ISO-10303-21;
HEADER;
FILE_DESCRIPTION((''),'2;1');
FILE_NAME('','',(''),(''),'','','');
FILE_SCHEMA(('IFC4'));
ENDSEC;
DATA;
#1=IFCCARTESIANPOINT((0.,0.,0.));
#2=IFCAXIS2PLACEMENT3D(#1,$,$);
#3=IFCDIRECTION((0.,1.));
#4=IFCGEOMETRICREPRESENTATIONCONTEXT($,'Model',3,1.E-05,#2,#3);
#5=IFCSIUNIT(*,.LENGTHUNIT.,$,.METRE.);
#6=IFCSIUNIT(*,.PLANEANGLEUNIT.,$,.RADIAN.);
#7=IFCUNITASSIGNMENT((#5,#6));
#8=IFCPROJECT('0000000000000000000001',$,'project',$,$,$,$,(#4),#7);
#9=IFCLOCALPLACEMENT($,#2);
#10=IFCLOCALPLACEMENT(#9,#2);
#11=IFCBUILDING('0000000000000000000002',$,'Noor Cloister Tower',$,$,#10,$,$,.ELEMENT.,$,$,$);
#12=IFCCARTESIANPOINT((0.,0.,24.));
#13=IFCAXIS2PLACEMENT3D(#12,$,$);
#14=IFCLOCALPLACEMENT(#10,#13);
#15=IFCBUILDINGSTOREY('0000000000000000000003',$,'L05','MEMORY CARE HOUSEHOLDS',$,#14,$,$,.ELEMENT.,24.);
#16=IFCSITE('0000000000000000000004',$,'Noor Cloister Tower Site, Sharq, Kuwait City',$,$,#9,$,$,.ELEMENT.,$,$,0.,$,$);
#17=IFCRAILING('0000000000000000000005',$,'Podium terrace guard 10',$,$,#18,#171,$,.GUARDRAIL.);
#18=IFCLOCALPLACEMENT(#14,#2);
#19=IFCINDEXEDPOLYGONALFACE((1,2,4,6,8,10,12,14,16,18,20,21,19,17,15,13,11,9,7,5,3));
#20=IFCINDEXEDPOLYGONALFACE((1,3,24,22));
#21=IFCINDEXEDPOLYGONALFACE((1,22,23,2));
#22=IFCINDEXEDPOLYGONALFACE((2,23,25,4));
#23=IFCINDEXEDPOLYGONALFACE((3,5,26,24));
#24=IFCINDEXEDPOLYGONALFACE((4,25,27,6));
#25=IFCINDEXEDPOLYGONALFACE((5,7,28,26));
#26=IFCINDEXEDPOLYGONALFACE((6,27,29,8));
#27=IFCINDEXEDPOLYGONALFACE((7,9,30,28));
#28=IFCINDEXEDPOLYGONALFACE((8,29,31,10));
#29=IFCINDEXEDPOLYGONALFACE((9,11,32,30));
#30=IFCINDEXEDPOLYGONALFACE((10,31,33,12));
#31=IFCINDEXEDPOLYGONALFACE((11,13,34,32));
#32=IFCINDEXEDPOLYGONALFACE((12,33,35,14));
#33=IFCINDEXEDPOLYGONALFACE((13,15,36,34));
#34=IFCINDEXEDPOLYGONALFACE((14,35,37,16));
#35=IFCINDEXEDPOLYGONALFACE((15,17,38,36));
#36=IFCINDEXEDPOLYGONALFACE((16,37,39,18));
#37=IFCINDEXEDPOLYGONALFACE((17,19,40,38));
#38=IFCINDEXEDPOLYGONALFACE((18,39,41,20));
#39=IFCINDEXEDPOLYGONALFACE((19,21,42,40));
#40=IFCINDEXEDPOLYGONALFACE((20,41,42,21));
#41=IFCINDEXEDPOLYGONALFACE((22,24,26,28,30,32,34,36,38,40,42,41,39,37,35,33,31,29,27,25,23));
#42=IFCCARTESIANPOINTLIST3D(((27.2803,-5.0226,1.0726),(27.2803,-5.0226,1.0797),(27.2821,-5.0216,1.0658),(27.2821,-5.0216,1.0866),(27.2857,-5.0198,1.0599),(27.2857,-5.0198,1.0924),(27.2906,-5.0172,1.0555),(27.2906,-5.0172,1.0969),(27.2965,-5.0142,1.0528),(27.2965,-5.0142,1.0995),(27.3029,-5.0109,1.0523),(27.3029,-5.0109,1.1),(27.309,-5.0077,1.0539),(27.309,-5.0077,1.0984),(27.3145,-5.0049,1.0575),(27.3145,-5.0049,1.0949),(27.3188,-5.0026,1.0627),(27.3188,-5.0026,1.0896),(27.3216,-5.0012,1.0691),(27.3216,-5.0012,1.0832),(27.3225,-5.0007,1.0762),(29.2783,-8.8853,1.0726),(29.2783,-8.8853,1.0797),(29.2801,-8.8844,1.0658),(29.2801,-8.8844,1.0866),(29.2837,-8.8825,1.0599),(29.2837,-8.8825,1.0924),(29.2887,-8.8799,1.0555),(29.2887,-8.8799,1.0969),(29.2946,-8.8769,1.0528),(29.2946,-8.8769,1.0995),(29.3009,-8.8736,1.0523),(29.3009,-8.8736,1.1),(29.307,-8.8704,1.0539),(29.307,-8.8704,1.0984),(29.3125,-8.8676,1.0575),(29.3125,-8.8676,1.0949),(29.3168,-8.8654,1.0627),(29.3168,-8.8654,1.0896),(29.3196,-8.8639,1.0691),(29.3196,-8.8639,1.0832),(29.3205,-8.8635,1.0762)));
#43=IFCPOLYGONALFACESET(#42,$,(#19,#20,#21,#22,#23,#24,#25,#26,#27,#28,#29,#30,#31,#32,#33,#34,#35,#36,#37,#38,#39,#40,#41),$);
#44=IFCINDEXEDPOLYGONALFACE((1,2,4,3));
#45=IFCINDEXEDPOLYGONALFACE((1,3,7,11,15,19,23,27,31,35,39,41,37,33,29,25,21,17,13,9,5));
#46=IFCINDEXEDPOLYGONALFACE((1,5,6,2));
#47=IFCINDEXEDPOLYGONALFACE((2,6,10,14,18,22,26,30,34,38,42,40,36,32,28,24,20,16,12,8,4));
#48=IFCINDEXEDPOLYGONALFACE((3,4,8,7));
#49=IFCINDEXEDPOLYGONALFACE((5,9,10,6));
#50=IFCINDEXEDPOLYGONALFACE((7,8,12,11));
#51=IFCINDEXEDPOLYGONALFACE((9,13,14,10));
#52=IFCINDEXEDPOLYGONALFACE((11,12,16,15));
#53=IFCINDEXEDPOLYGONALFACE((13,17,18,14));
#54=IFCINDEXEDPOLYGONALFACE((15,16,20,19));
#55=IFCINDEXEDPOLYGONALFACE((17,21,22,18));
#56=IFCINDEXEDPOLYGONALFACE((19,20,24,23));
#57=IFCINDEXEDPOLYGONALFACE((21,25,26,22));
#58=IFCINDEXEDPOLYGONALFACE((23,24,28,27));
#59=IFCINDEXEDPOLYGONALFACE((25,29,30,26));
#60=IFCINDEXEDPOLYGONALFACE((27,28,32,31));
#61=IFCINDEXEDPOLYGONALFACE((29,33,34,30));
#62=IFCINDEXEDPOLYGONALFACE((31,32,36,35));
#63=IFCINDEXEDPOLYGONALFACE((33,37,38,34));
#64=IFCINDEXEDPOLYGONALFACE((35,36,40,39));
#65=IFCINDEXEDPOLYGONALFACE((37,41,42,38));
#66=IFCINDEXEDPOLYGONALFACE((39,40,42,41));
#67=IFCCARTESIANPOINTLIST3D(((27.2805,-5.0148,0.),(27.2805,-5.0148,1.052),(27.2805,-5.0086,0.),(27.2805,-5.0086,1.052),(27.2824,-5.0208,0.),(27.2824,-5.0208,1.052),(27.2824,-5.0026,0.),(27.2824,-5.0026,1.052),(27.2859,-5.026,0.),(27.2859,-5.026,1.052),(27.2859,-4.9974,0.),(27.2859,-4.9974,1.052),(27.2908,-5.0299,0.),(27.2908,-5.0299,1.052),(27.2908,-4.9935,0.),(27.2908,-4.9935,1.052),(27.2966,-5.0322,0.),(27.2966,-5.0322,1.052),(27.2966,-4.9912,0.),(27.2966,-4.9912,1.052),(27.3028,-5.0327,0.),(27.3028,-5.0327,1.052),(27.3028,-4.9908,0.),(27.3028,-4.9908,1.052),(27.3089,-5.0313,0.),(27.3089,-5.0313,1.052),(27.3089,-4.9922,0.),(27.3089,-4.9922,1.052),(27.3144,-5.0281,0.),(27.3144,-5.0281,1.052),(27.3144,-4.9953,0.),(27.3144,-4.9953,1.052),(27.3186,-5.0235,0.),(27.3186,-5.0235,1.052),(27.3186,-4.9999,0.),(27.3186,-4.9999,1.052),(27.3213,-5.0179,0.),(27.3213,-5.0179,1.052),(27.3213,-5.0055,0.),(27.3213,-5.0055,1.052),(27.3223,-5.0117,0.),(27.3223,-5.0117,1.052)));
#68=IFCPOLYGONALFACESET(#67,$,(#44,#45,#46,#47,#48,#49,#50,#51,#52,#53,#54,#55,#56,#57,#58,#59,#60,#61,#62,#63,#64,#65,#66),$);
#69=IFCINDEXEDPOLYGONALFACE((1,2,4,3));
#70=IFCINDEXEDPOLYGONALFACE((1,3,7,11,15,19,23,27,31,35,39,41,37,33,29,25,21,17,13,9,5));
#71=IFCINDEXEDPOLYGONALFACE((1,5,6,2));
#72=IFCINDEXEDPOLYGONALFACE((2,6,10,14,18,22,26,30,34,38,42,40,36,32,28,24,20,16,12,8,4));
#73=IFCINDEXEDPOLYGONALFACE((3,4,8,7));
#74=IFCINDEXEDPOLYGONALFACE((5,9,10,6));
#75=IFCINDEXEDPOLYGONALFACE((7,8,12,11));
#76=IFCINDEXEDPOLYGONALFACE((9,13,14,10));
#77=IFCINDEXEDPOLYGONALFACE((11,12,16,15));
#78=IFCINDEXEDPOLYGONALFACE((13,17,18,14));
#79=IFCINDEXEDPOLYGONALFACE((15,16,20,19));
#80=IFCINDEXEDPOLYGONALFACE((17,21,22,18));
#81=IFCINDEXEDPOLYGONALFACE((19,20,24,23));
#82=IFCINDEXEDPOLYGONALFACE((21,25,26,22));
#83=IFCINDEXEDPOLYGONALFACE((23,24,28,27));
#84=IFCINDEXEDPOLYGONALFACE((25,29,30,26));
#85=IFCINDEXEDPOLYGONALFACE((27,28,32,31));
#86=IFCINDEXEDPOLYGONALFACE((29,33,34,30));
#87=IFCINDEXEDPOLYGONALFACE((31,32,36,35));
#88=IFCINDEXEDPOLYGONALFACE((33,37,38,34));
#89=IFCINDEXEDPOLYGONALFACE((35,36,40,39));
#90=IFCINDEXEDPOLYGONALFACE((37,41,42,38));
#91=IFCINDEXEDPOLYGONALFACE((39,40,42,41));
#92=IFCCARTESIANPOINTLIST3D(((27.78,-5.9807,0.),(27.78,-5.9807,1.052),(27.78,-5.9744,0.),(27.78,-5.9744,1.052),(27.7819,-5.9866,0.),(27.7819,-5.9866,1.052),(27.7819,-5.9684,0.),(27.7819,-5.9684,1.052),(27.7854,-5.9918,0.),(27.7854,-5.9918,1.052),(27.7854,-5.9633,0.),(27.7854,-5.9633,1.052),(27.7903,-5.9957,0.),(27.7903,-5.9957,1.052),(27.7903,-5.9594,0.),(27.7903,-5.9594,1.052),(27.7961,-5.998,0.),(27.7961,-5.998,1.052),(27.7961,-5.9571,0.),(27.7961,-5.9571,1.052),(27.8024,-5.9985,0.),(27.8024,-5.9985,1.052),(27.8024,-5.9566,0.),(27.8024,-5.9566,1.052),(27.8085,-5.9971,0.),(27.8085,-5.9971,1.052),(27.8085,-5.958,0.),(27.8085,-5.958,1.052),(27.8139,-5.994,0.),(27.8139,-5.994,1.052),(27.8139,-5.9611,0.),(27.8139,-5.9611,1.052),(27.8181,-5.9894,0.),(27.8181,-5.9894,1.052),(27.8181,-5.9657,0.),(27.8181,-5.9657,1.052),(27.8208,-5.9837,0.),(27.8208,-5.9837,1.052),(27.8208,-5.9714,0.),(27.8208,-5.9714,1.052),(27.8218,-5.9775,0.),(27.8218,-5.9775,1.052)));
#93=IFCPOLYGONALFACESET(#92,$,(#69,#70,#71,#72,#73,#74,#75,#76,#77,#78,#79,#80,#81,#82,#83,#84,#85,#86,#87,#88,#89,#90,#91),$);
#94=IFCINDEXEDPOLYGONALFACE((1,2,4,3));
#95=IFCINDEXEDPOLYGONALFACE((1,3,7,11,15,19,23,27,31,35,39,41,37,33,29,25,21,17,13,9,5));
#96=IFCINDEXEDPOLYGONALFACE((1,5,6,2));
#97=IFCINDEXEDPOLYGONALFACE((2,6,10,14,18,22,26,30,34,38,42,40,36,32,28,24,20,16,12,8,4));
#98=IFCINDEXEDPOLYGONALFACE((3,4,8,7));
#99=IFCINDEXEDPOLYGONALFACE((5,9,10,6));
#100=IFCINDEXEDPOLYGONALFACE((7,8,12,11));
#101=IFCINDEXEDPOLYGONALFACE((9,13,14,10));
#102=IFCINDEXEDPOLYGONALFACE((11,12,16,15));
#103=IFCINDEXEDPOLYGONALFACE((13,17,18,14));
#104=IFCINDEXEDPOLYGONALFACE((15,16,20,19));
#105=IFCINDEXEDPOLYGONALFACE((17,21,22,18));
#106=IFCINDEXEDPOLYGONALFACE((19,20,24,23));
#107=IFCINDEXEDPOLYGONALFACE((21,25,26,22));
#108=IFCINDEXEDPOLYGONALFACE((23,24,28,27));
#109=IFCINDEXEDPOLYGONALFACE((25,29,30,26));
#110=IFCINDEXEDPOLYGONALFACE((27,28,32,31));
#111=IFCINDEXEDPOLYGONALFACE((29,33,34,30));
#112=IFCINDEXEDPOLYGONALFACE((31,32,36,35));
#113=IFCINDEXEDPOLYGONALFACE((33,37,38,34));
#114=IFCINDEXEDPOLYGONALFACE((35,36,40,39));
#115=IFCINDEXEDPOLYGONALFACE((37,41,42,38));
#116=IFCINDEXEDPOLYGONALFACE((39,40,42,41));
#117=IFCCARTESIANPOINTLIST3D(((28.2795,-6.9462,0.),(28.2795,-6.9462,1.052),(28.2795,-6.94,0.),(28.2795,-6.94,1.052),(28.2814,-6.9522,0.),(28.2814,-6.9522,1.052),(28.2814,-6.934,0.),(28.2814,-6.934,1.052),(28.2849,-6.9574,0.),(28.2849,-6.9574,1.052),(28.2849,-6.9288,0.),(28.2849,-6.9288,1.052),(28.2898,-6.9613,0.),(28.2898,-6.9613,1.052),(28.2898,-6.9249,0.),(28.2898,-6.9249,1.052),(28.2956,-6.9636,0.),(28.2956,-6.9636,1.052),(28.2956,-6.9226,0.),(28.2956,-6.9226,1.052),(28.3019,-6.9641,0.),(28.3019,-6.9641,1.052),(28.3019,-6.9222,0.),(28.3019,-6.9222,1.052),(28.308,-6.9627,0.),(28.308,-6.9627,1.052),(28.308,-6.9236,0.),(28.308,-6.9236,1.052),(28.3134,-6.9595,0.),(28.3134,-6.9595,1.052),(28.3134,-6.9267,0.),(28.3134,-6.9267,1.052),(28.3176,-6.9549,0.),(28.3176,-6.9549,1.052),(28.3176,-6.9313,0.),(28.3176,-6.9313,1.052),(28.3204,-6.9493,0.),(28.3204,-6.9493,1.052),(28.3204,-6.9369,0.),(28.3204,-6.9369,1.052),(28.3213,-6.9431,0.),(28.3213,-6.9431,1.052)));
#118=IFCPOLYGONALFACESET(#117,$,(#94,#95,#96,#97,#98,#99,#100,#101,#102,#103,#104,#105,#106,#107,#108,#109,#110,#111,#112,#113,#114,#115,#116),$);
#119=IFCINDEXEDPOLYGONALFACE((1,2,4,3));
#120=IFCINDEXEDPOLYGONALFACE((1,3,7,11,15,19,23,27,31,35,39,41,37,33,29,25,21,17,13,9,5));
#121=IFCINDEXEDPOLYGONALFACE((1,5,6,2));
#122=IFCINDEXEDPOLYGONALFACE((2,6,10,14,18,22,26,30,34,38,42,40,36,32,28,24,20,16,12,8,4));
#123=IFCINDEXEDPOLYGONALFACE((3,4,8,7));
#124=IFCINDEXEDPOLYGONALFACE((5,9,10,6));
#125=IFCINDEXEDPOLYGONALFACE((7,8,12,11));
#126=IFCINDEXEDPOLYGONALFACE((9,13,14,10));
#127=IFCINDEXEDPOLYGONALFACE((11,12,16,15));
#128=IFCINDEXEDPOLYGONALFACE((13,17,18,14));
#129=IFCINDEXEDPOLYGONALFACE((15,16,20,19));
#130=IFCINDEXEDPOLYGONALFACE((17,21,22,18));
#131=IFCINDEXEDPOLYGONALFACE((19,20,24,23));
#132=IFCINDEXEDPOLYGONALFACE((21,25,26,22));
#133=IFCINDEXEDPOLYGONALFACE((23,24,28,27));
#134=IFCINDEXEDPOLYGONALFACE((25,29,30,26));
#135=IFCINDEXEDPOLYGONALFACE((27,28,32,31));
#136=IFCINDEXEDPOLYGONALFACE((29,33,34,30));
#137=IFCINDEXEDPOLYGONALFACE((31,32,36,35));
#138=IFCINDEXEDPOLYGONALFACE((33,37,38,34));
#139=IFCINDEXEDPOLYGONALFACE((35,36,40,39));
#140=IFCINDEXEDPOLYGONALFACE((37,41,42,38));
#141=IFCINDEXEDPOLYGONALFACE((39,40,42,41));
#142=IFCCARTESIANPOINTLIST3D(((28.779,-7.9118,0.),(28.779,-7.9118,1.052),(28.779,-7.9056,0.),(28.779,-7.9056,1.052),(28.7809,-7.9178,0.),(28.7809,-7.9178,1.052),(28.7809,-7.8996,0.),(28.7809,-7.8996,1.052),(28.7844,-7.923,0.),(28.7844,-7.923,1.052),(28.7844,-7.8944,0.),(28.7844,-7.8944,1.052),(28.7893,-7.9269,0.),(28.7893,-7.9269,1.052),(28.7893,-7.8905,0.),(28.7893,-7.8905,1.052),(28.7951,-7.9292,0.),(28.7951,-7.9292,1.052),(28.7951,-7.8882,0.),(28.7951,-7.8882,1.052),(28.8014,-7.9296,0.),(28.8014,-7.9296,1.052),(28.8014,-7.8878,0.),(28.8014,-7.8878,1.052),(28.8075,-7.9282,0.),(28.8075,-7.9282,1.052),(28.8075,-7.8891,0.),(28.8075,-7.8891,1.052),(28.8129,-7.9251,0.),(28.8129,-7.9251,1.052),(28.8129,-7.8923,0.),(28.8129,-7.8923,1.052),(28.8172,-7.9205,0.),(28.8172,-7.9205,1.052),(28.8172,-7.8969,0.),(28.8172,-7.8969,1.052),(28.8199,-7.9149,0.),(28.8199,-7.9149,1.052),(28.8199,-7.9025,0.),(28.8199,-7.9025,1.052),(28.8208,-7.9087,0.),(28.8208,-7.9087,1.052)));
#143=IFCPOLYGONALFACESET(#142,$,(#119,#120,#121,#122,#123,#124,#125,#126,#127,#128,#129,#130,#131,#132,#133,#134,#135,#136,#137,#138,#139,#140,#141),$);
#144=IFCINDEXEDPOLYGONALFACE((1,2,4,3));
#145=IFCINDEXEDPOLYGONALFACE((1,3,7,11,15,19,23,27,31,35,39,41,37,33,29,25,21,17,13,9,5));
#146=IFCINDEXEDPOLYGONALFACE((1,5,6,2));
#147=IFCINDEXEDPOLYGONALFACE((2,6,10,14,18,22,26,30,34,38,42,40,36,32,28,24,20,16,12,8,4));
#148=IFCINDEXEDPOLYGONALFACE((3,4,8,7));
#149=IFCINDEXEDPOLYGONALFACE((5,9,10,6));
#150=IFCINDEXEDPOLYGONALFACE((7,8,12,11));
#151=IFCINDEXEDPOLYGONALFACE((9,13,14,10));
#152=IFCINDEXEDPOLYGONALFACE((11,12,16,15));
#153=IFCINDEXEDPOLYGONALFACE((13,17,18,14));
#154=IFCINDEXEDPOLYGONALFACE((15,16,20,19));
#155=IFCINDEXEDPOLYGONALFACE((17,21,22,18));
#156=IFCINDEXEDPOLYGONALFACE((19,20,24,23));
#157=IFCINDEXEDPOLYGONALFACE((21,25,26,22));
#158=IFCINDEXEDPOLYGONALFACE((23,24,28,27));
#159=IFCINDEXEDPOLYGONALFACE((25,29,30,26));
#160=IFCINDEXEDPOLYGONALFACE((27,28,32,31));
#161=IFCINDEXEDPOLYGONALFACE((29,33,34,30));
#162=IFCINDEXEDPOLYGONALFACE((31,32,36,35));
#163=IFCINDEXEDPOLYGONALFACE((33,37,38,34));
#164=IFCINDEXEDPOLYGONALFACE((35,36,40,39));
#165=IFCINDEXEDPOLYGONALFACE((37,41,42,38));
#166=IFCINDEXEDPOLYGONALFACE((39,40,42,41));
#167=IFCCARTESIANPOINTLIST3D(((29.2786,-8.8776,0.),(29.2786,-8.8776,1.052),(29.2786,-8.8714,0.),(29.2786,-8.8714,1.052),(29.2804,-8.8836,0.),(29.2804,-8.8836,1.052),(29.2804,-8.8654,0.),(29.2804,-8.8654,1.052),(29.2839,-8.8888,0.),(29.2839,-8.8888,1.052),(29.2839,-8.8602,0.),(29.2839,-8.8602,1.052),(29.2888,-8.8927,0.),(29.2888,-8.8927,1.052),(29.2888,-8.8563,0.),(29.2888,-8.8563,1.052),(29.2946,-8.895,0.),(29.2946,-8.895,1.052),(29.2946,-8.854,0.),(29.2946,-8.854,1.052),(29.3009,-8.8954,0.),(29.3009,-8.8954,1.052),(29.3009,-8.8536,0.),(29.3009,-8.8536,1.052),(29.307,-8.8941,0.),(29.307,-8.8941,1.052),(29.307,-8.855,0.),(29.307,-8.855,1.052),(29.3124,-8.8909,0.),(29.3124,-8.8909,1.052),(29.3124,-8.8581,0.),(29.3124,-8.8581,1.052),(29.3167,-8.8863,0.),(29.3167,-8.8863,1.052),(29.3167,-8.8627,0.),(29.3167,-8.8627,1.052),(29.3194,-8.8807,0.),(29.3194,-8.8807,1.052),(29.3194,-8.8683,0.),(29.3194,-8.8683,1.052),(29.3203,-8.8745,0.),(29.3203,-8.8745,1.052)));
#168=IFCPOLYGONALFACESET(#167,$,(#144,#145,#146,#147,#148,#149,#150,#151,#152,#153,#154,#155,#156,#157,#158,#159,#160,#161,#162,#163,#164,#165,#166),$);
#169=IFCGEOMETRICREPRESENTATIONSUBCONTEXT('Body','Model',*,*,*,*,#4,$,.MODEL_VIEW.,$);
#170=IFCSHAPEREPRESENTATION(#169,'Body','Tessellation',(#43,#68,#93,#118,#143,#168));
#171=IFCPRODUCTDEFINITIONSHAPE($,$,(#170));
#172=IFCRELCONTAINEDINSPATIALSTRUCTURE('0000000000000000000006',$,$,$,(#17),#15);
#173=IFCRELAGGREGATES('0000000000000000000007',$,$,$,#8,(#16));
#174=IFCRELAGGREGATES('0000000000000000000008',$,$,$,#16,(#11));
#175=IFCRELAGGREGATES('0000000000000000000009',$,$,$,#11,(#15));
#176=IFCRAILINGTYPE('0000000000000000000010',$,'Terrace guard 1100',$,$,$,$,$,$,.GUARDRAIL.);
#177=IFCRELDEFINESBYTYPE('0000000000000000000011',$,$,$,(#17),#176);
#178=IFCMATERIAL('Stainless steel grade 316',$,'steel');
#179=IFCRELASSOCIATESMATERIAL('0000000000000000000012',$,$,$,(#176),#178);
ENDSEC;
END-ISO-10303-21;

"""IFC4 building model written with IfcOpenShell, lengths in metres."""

from ifc_helpers import new_model, si_unit, direction, frame, origin, origin_2d, place, context, subcontext, project, spatial, circle, extrude, material, type_object, element, save


model = new_model("IFC4")

# Units and contexts
model_context = context("Model", 3, precision=1e-05, world=origin(), true_north=direction((0.0, 1.0)))
body_context = subcontext(model_context, "Body", "Model", "MODEL_VIEW")
ifc_project = project(units=[si_unit("LENGTHUNIT", "METRE"), si_unit("PLANEANGLEUNIT", "RADIAN")], contexts=[model_context])

# Site, building, storey
site_placement = place(None, origin())
site = spatial("IfcSite", under=ifc_project, at=site_placement, Name="Noor Cloister Tower Site, Sharq, Kuwait City", CompositionType="ELEMENT", RefElevation=0.0)
building_placement = place(site_placement, origin())
building = spatial("IfcBuilding", under=site, at=building_placement, Name="Noor Cloister Tower", CompositionType="ELEMENT")
storey_placement = place(building_placement, frame((0.0, 0.0, 24.0)))
storey = spatial("IfcBuildingStorey", under=building, at=storey_placement, Name="L05", Description="MEMORY CARE HOUSEHOLDS", CompositionType="ELEMENT", Elevation=24.0)

# Railing
ifc_material_1 = material(Name="Stainless steel grade 316", Category="steel")
railing_type = type_object("IfcRailingType", Name="Terrace guard 1100", PredefinedType="GUARDRAIL", material=ifc_material_1)
railing_1_placement = place(storey_placement, frame((27.3013, -5.0117, 0.0)))
element("IfcRailing", 1, at=railing_1_placement, inside=storey, type_object=railing_type, Name="Podium terrace guard 10", PredefinedType="GUARDRAIL", context=body_context, shape_type="SweptSolid", body=[
    extrude(circle(Radius=0.0239, at=origin_2d()), frame((0.0, 0.0, 1.0762), z_axis=(0.459432, -0.888213, 0.0), x_axis=(0.888213, 0.459432, 0.0)), (0.0, 0.0, 1.0), 4.3489),
    extrude(circle(Radius=0.021, at=origin_2d()), origin(), (0.0, 0.0, 1.0), 1.052),
    extrude(circle(Radius=0.021, at=origin_2d()), frame((0.4995, -0.9658, 0.0)), (0.0, 0.0, 1.0), 1.052),
    extrude(circle(Radius=0.021, at=origin_2d()), frame((0.999, -1.9314, 0.0)), (0.0, 0.0, 1.0), 1.052),
    extrude(circle(Radius=0.021, at=origin_2d()), frame((1.4985, -2.897, 0.0)), (0.0, 0.0, 1.0), 1.052),
    extrude(circle(Radius=0.021, at=origin_2d()), frame((1.998, -3.8628, 0.0)), (0.0, 0.0, 1.0), 1.052),
])

save(model, "model.ifc")
